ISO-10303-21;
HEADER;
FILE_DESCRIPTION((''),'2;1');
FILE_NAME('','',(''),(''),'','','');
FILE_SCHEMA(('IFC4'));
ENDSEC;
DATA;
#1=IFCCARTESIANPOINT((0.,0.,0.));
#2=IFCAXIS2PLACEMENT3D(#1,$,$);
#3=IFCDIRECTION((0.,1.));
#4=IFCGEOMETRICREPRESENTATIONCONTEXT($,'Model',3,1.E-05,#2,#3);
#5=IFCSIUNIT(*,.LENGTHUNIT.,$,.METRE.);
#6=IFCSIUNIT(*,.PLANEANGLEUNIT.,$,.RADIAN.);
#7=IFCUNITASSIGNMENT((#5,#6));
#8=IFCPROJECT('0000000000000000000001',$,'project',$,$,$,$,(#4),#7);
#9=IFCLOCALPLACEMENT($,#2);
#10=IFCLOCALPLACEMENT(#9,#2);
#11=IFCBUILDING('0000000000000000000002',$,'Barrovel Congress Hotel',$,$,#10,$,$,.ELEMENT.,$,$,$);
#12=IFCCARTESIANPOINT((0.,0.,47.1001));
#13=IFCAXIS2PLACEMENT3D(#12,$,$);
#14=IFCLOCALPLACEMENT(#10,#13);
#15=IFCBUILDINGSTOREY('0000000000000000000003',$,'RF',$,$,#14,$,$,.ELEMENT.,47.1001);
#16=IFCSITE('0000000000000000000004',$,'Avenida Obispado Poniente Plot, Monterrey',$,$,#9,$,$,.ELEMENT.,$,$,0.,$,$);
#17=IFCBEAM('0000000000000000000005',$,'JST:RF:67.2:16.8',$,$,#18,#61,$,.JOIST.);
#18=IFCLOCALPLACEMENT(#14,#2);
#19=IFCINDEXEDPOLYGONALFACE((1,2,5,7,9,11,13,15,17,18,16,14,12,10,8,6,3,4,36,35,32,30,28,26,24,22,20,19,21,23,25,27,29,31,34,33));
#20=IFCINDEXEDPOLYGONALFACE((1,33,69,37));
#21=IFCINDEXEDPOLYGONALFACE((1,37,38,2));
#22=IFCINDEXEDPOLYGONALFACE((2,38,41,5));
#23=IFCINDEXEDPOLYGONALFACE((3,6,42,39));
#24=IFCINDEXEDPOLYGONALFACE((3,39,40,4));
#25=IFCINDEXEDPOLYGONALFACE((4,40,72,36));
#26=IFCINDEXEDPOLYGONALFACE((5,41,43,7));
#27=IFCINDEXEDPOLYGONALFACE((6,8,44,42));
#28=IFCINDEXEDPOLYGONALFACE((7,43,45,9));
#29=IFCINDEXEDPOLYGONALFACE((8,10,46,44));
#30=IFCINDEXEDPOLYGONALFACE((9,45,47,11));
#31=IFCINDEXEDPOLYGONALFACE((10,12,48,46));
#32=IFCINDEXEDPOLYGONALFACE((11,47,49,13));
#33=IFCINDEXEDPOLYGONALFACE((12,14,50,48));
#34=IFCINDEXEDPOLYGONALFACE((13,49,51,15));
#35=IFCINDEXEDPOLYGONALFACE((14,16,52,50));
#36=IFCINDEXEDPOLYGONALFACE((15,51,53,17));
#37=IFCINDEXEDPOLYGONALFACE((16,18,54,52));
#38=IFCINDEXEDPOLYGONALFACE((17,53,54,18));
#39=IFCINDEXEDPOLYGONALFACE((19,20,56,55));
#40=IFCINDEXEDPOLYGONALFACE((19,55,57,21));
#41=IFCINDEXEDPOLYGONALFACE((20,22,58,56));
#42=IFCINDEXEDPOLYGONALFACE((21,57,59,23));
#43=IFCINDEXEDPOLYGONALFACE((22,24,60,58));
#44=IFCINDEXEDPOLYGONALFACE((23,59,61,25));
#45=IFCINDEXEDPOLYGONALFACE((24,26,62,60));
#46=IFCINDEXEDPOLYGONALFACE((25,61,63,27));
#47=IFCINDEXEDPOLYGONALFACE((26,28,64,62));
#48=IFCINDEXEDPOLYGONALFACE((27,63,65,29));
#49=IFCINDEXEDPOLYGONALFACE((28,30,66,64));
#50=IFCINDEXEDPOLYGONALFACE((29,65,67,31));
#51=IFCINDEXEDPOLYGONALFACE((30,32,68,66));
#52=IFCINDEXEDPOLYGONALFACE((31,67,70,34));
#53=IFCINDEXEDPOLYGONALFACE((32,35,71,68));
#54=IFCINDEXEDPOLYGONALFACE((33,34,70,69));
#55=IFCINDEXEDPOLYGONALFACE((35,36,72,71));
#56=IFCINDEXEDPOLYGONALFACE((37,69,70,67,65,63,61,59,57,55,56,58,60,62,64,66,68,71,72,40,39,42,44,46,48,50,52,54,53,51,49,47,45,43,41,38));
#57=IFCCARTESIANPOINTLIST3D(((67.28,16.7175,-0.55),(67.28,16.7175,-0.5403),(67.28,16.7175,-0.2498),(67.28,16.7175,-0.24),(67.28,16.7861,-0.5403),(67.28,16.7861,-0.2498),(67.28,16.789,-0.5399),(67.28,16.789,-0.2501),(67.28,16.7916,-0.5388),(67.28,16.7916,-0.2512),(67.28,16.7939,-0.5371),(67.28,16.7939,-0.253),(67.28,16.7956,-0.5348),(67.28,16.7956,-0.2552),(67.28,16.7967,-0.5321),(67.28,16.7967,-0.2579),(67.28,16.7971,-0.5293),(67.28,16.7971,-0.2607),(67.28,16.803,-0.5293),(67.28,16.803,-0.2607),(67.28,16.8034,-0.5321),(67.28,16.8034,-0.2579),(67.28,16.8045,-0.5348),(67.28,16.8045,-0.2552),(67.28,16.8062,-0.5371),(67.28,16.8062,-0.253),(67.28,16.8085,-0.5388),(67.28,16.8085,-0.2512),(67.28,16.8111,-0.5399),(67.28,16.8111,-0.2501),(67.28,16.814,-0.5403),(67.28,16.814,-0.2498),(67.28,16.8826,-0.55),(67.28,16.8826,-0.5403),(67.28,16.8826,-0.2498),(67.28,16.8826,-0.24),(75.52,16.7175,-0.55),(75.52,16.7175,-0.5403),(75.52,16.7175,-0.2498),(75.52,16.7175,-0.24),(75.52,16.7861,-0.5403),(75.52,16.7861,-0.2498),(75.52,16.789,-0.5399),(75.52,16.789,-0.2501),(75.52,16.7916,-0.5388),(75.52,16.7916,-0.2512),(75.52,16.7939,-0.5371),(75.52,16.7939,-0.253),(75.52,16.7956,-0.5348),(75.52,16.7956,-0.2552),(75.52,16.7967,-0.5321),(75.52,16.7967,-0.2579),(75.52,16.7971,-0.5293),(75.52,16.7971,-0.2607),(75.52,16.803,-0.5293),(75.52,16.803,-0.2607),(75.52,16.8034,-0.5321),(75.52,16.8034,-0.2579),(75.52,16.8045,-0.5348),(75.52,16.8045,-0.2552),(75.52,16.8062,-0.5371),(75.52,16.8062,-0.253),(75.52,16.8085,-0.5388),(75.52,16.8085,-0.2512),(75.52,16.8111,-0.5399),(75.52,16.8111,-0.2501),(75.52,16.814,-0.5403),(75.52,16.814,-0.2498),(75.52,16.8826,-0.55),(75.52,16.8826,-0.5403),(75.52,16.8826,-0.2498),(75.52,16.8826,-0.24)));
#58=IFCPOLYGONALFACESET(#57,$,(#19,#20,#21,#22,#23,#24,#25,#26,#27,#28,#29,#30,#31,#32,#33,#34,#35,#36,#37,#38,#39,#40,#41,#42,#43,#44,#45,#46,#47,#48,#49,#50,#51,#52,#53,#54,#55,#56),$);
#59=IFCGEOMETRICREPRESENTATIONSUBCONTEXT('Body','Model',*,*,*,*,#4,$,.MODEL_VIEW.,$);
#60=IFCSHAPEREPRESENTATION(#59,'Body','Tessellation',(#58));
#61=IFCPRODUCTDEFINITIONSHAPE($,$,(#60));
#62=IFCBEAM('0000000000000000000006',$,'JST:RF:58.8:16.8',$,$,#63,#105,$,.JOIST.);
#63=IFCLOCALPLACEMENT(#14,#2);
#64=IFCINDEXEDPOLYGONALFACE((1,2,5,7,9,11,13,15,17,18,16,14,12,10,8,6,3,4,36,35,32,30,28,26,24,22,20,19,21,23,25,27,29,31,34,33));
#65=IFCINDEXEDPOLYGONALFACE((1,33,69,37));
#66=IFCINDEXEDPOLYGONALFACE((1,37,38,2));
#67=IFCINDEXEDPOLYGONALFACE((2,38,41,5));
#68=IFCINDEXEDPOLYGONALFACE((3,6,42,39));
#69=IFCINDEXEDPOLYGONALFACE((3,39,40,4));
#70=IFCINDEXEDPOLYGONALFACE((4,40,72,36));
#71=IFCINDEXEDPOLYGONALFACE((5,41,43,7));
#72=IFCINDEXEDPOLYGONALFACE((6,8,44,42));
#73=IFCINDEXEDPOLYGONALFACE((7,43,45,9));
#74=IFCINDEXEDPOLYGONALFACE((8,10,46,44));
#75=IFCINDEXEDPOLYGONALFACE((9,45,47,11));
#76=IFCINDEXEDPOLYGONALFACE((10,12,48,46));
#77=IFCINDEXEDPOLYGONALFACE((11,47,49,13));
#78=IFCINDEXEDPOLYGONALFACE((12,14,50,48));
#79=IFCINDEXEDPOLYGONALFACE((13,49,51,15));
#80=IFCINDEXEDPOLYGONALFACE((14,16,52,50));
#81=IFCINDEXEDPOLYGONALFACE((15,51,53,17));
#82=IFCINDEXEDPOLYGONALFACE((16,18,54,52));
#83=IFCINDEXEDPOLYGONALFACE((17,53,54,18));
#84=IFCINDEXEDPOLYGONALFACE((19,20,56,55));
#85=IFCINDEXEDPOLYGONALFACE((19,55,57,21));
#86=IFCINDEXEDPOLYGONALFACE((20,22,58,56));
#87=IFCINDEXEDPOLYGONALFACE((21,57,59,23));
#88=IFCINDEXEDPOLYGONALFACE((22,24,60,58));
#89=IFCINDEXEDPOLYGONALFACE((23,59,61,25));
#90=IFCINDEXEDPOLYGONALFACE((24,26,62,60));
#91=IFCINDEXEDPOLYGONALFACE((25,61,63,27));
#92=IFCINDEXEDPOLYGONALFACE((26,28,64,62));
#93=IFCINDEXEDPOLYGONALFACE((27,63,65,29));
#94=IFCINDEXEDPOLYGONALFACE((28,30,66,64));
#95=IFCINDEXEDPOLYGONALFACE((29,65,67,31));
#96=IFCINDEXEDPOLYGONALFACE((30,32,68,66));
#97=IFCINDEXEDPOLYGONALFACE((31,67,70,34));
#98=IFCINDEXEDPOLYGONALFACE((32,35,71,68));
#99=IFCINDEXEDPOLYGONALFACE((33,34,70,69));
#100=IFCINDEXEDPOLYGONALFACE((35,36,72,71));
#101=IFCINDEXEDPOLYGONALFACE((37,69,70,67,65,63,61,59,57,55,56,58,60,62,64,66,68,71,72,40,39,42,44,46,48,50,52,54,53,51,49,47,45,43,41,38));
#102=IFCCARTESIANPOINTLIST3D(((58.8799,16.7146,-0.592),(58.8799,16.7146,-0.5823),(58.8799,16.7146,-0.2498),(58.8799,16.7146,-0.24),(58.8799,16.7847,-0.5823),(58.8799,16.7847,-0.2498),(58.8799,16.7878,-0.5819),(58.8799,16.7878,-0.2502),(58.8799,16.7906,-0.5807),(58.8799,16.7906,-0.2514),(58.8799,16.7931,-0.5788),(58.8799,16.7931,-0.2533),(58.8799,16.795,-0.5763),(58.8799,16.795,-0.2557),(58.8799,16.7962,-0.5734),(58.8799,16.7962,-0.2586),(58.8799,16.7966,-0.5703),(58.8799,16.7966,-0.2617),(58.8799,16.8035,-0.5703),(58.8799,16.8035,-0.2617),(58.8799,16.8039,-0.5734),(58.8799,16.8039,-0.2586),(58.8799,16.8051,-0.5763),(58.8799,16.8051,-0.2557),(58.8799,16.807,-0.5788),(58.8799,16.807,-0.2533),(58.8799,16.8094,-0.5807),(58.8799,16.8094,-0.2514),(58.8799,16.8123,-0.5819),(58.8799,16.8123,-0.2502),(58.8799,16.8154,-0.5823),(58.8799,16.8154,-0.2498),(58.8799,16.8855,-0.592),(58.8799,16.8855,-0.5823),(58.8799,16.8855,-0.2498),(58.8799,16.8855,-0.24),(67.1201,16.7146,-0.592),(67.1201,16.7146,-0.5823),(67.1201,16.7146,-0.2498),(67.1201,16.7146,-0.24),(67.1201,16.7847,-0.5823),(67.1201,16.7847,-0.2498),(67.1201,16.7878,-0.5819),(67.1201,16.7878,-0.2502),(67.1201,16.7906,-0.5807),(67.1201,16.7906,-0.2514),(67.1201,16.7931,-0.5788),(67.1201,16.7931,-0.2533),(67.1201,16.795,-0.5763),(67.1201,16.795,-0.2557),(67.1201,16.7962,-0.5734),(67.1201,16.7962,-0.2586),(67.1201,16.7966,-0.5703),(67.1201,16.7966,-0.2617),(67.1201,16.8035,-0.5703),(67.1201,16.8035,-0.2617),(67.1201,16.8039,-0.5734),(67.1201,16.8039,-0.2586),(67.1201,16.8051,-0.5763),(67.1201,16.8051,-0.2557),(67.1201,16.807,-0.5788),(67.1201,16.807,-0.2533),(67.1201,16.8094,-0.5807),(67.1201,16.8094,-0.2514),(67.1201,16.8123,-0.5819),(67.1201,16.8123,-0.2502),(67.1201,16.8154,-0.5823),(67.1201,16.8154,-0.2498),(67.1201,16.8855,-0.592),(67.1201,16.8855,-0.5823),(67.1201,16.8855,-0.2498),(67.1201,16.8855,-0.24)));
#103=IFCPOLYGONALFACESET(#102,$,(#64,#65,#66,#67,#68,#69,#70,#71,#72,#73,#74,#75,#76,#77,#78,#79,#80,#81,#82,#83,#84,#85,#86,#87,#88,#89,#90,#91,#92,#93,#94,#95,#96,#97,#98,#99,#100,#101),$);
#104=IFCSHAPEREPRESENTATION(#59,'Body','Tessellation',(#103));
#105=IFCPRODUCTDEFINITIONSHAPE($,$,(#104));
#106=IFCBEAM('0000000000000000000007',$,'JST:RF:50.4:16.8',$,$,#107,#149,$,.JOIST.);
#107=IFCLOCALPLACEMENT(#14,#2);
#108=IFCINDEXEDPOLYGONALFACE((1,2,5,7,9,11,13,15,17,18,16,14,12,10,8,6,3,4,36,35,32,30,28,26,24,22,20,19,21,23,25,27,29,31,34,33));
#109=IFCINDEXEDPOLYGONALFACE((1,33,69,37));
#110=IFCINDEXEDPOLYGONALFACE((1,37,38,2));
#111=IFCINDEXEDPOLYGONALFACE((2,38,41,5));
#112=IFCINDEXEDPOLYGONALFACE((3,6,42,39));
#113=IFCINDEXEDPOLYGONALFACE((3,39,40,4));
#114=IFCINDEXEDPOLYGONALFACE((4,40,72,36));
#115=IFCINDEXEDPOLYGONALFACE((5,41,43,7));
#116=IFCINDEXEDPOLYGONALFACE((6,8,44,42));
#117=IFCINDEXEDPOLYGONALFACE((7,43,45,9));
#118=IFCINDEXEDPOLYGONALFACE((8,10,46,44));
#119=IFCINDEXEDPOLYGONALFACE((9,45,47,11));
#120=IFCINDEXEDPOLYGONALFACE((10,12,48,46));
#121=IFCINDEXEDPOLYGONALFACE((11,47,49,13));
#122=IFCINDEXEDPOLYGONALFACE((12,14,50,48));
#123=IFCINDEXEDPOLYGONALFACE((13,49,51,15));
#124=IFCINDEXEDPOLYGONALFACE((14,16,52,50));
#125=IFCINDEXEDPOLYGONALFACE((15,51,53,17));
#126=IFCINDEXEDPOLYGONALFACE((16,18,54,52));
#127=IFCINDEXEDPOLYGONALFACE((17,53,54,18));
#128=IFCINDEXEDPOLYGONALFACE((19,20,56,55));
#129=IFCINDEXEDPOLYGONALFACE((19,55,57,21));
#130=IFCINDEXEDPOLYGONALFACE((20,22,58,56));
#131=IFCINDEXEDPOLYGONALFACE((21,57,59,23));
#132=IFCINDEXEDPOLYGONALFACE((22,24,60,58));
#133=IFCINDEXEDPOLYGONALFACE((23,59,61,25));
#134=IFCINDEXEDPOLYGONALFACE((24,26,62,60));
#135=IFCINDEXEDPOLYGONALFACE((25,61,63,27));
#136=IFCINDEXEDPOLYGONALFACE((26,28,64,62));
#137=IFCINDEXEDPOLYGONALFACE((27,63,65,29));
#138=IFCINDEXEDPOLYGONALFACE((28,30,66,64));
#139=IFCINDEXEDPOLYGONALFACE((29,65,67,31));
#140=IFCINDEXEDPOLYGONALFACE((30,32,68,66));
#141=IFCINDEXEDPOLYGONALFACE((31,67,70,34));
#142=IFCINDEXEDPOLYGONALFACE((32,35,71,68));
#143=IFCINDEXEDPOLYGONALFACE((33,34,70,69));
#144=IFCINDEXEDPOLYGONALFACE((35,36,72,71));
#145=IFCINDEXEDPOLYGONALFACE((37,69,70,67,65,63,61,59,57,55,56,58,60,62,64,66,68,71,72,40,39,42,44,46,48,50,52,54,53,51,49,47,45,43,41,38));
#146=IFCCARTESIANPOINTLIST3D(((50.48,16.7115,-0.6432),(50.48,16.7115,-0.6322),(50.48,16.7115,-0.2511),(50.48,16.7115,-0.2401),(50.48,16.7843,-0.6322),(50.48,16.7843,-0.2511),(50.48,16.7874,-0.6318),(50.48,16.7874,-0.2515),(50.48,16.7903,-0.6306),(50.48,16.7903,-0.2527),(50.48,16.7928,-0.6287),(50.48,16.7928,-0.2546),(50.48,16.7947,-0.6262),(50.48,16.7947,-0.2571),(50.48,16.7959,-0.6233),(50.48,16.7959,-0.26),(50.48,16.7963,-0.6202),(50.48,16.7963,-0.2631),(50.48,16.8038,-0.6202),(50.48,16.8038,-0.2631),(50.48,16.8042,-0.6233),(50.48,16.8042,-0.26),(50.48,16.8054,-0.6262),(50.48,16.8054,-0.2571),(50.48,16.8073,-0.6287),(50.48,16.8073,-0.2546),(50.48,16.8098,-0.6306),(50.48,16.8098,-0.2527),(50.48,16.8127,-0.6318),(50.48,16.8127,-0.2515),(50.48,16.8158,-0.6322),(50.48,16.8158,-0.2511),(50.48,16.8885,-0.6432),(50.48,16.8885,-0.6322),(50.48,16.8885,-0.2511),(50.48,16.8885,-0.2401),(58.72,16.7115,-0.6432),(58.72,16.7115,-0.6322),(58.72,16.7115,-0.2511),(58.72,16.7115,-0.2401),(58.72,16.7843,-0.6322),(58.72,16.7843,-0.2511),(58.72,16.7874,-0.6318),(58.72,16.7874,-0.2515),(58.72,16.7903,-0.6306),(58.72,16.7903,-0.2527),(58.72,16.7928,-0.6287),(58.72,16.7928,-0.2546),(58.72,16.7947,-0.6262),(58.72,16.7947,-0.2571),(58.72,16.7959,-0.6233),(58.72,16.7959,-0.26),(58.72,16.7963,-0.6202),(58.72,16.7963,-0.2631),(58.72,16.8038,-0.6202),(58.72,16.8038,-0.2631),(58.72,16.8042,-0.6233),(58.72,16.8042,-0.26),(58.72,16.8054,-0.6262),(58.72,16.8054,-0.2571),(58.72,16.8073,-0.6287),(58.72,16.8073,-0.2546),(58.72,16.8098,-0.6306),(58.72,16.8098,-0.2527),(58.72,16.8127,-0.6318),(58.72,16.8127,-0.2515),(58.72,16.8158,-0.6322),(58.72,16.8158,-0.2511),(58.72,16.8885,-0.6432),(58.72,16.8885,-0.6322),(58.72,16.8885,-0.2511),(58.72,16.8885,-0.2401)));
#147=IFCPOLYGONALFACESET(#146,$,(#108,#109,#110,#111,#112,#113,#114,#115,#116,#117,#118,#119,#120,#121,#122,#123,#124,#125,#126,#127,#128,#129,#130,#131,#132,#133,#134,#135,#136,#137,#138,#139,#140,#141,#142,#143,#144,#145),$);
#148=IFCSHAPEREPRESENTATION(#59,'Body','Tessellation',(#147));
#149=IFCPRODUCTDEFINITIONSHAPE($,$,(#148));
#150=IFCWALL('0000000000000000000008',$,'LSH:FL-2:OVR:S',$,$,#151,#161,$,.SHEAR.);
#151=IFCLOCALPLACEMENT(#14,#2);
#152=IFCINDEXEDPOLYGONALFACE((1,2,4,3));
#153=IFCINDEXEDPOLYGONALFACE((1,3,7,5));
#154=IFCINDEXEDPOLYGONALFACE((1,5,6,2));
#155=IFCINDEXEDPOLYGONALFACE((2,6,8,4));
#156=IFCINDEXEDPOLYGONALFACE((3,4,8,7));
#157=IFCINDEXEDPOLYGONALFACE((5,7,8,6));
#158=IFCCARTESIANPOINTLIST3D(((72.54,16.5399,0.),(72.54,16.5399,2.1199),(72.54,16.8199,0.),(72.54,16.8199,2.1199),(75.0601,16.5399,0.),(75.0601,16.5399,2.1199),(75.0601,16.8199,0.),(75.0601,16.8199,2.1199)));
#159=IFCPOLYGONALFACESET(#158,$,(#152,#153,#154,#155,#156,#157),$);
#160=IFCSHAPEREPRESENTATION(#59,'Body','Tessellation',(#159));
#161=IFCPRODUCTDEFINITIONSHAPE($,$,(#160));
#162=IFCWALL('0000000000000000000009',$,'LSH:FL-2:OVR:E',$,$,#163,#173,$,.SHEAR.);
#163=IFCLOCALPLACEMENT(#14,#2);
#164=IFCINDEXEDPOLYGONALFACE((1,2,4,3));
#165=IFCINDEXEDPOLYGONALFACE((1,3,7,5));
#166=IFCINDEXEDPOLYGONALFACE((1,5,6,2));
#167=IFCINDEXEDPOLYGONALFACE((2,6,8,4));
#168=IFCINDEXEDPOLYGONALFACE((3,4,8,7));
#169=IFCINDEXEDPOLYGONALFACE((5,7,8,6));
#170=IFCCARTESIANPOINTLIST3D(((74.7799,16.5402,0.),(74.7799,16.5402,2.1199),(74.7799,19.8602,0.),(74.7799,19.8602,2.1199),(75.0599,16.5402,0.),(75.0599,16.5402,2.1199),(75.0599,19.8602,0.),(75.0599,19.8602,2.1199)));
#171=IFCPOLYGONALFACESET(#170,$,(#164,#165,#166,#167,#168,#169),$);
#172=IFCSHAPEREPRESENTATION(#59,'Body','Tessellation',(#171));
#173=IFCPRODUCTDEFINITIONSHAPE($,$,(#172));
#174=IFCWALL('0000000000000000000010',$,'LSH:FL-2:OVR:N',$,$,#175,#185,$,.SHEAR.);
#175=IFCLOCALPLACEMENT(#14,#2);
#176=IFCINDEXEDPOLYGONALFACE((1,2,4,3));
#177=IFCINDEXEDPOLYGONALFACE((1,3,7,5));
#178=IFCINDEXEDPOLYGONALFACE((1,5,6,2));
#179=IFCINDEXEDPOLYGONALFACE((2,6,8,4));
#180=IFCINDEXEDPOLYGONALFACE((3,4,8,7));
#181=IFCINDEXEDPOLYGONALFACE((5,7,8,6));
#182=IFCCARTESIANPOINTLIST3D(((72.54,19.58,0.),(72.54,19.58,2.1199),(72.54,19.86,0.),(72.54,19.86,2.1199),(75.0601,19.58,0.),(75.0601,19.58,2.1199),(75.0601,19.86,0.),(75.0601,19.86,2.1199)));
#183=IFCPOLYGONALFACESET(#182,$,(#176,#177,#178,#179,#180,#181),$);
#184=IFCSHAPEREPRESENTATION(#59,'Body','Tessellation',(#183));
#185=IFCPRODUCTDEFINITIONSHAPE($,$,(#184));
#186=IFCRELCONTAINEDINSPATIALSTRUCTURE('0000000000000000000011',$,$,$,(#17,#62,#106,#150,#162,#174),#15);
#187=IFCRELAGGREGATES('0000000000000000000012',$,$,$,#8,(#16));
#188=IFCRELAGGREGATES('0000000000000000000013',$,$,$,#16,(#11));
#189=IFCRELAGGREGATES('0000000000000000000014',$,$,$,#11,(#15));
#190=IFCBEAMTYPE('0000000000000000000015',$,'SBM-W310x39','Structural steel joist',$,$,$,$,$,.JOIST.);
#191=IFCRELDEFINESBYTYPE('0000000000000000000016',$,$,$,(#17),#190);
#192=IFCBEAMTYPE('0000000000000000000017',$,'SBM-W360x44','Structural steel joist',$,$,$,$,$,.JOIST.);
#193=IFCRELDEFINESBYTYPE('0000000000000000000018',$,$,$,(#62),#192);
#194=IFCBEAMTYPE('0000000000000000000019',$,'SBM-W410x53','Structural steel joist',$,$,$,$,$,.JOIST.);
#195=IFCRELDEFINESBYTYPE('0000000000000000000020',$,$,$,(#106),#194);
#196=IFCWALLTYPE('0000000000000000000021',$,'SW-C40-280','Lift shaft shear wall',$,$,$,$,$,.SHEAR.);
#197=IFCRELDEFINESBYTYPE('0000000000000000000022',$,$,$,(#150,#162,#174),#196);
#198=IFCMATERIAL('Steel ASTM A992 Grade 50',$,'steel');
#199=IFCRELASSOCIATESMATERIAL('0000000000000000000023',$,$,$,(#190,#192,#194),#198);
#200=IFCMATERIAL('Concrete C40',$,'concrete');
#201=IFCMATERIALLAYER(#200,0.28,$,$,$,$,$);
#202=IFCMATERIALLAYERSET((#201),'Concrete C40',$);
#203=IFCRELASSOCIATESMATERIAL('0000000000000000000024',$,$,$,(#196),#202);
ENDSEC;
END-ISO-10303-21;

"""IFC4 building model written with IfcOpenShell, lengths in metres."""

from ifc_helpers import new_model, si_unit, direction, frame, frame_2d, origin, origin_2d, place, context, subcontext, project, spatial, rectangle, i_section, extrude, material, layer, layer_set, material_profile, profile_set, type_object, element, save


model = new_model("IFC4")

# Units and contexts
model_context = context("Model", 3, precision=1e-05, world=origin(), true_north=direction((0.0, 1.0)))
body_context = subcontext(model_context, "Body", "Model", "MODEL_VIEW")
ifc_project = project(units=[si_unit("LENGTHUNIT", "METRE"), si_unit("PLANEANGLEUNIT", "RADIAN")], contexts=[model_context])

# Site, building, storey
site_placement = place(None, origin())
site = spatial("IfcSite", under=ifc_project, at=site_placement, Name="Avenida Obispado Poniente Plot, Monterrey", CompositionType="ELEMENT", RefElevation=0.0)
building_placement = place(site_placement, origin())
building = spatial("IfcBuilding", under=site, at=building_placement, Name="Barrovel Congress Hotel", CompositionType="ELEMENT")
storey_placement = place(building_placement, frame((0.0, 0.0, 47.1001)))
storey = spatial("IfcBuildingStorey", under=building, at=storey_placement, Name="RF", CompositionType="ELEMENT", Elevation=47.1001)

# Shared definitions
ifc_material_1 = material(Name="Concrete C40", Category="concrete")

# Shared definitions
ifc_material_2 = material(Name="Steel ASTM A992 Grade 50", Category="steel")

# Beams
ifc_material_profile_1 = material_profile(ifc_material_2, i_section(OverallWidth=0.165, OverallDepth=0.3101, WebThickness=0.0059, FlangeThickness=0.0098, FilletRadius=0.011, at=origin_2d()), Name="W310x39")
ifc_profile_set_1 = profile_set([ifc_material_profile_1], Name="Steel ASTM A992 Grade 50")
beam_type_1 = type_object("IfcBeamType", Name="SBM-W310x39", Description="Structural steel joist", PredefinedType="JOIST", material=ifc_profile_set_1)
beam_1_placement = place(storey_placement, frame((67.28, 16.8, -0.395), z_axis=(1.0, 0.0, 0.0), x_axis=(0.0, 1.0, 0.0)))
element("IfcBeam", 1, at=beam_1_placement, inside=storey, type_object=beam_type_1, Name="JST:RF:67.2:16.8", PredefinedType="JOIST", context=body_context, shape_type="SweptSolid", body=[
    extrude(i_section(OverallWidth=0.165, OverallDepth=0.3101, WebThickness=0.0059, FlangeThickness=0.0098, FilletRadius=0.011, at=origin_2d()), origin(), (0.0, 0.0, 1.0), 8.24),
])
ifc_material_profile_2 = material_profile(ifc_material_2, i_section(OverallWidth=0.1709, OverallDepth=0.3521, WebThickness=0.0068, FlangeThickness=0.0098, FilletRadius=0.012, at=origin_2d()), Name="W360x44")
ifc_profile_set_2 = profile_set([ifc_material_profile_2], Name="Steel ASTM A992 Grade 50")
beam_type_2 = type_object("IfcBeamType", Name="SBM-W360x44", Description="Structural steel joist", PredefinedType="JOIST", material=ifc_profile_set_2)
beam_2_placement = place(storey_placement, frame((58.8799, 16.8, -0.416), z_axis=(1.0, 0.0, 0.0), x_axis=(0.0, 1.0, 0.0)))
element("IfcBeam", 2, at=beam_2_placement, inside=storey, type_object=beam_type_2, Name="JST:RF:58.8:16.8", PredefinedType="JOIST", context=body_context, shape_type="SweptSolid", body=[
    extrude(i_section(OverallWidth=0.1709, OverallDepth=0.3521, WebThickness=0.0068, FlangeThickness=0.0098, FilletRadius=0.012, at=origin_2d()), origin(), (0.0, 0.0, 1.0), 8.2402),
])
ifc_material_profile_3 = material_profile(ifc_material_2, i_section(OverallWidth=0.177, OverallDepth=0.4031, WebThickness=0.0076, FlangeThickness=0.011, FilletRadius=0.012, at=origin_2d()), Name="W410x53")
ifc_profile_set_3 = profile_set([ifc_material_profile_3], Name="Steel ASTM A992 Grade 50")
beam_type_3 = type_object("IfcBeamType", Name="SBM-W410x53", Description="Structural steel joist", PredefinedType="JOIST", material=ifc_profile_set_3)
beam_3_placement = place(storey_placement, frame((50.48, 16.8, -0.4417), z_axis=(1.0, 0.0, 0.0), x_axis=(0.0, 1.0, 0.0)))
element("IfcBeam", 3, at=beam_3_placement, inside=storey, type_object=beam_type_3, Name="JST:RF:50.4:16.8", PredefinedType="JOIST", context=body_context, shape_type="SweptSolid", body=[
    extrude(i_section(OverallWidth=0.177, OverallDepth=0.4031, WebThickness=0.0076, FlangeThickness=0.011, FilletRadius=0.012, at=origin_2d()), origin(), (0.0, 0.0, 1.0), 8.24),
])

# Walls
ifc_layer = layer(ifc_material_1, 0.28)
ifc_layer_set = layer_set([ifc_layer], Name="Concrete C40")
wall_type = type_object("IfcWallType", Name="SW-C40-280", Description="Lift shaft shear wall", PredefinedType="SHEAR", material=ifc_layer_set)
wall_1_placement = place(storey_placement, frame((72.54, 16.6799, 0.0), z_axis=(0.0, 0.0, 1.0), x_axis=(1.0, 0.0, 0.0)))
element("IfcWall", 4, at=wall_1_placement, inside=storey, type_object=wall_type, Name="LSH:FL-2:OVR:S", PredefinedType="SHEAR", context=body_context, shape_type="SweptSolid", body=[
    extrude(rectangle(XDim=2.52, YDim=0.28, at=frame_2d((1.26, 0.0))), origin(), (0.0, 0.0, 1.0), 2.1199),
])
wall_2_placement = place(storey_placement, frame((74.9199, 16.54, 0.0), z_axis=(0.0, 0.0, 1.0), x_axis=(0.0, 1.0, 0.0)))
element("IfcWall", 5, at=wall_2_placement, inside=storey, type_object=wall_type, Name="LSH:FL-2:OVR:E", PredefinedType="SHEAR", context=body_context, shape_type="SweptSolid", body=[
    extrude(rectangle(XDim=3.3201, YDim=0.28, at=frame_2d((1.6602, 0.0))), origin(), (0.0, 0.0, 1.0), 2.1199),
])
wall_3_placement = place(storey_placement, frame((75.0601, 19.72, 0.0), z_axis=(0.0, 0.0, 1.0), x_axis=(-1.0, 0.0, 0.0)))
element("IfcWall", 6, at=wall_3_placement, inside=storey, type_object=wall_type, Name="LSH:FL-2:OVR:N", PredefinedType="SHEAR", context=body_context, shape_type="SweptSolid", body=[
    extrude(rectangle(XDim=2.52, YDim=0.28, at=frame_2d((1.26, 0.0))), origin(), (0.0, 0.0, 1.0), 2.1199),
])

save(model, "model.ifc")
